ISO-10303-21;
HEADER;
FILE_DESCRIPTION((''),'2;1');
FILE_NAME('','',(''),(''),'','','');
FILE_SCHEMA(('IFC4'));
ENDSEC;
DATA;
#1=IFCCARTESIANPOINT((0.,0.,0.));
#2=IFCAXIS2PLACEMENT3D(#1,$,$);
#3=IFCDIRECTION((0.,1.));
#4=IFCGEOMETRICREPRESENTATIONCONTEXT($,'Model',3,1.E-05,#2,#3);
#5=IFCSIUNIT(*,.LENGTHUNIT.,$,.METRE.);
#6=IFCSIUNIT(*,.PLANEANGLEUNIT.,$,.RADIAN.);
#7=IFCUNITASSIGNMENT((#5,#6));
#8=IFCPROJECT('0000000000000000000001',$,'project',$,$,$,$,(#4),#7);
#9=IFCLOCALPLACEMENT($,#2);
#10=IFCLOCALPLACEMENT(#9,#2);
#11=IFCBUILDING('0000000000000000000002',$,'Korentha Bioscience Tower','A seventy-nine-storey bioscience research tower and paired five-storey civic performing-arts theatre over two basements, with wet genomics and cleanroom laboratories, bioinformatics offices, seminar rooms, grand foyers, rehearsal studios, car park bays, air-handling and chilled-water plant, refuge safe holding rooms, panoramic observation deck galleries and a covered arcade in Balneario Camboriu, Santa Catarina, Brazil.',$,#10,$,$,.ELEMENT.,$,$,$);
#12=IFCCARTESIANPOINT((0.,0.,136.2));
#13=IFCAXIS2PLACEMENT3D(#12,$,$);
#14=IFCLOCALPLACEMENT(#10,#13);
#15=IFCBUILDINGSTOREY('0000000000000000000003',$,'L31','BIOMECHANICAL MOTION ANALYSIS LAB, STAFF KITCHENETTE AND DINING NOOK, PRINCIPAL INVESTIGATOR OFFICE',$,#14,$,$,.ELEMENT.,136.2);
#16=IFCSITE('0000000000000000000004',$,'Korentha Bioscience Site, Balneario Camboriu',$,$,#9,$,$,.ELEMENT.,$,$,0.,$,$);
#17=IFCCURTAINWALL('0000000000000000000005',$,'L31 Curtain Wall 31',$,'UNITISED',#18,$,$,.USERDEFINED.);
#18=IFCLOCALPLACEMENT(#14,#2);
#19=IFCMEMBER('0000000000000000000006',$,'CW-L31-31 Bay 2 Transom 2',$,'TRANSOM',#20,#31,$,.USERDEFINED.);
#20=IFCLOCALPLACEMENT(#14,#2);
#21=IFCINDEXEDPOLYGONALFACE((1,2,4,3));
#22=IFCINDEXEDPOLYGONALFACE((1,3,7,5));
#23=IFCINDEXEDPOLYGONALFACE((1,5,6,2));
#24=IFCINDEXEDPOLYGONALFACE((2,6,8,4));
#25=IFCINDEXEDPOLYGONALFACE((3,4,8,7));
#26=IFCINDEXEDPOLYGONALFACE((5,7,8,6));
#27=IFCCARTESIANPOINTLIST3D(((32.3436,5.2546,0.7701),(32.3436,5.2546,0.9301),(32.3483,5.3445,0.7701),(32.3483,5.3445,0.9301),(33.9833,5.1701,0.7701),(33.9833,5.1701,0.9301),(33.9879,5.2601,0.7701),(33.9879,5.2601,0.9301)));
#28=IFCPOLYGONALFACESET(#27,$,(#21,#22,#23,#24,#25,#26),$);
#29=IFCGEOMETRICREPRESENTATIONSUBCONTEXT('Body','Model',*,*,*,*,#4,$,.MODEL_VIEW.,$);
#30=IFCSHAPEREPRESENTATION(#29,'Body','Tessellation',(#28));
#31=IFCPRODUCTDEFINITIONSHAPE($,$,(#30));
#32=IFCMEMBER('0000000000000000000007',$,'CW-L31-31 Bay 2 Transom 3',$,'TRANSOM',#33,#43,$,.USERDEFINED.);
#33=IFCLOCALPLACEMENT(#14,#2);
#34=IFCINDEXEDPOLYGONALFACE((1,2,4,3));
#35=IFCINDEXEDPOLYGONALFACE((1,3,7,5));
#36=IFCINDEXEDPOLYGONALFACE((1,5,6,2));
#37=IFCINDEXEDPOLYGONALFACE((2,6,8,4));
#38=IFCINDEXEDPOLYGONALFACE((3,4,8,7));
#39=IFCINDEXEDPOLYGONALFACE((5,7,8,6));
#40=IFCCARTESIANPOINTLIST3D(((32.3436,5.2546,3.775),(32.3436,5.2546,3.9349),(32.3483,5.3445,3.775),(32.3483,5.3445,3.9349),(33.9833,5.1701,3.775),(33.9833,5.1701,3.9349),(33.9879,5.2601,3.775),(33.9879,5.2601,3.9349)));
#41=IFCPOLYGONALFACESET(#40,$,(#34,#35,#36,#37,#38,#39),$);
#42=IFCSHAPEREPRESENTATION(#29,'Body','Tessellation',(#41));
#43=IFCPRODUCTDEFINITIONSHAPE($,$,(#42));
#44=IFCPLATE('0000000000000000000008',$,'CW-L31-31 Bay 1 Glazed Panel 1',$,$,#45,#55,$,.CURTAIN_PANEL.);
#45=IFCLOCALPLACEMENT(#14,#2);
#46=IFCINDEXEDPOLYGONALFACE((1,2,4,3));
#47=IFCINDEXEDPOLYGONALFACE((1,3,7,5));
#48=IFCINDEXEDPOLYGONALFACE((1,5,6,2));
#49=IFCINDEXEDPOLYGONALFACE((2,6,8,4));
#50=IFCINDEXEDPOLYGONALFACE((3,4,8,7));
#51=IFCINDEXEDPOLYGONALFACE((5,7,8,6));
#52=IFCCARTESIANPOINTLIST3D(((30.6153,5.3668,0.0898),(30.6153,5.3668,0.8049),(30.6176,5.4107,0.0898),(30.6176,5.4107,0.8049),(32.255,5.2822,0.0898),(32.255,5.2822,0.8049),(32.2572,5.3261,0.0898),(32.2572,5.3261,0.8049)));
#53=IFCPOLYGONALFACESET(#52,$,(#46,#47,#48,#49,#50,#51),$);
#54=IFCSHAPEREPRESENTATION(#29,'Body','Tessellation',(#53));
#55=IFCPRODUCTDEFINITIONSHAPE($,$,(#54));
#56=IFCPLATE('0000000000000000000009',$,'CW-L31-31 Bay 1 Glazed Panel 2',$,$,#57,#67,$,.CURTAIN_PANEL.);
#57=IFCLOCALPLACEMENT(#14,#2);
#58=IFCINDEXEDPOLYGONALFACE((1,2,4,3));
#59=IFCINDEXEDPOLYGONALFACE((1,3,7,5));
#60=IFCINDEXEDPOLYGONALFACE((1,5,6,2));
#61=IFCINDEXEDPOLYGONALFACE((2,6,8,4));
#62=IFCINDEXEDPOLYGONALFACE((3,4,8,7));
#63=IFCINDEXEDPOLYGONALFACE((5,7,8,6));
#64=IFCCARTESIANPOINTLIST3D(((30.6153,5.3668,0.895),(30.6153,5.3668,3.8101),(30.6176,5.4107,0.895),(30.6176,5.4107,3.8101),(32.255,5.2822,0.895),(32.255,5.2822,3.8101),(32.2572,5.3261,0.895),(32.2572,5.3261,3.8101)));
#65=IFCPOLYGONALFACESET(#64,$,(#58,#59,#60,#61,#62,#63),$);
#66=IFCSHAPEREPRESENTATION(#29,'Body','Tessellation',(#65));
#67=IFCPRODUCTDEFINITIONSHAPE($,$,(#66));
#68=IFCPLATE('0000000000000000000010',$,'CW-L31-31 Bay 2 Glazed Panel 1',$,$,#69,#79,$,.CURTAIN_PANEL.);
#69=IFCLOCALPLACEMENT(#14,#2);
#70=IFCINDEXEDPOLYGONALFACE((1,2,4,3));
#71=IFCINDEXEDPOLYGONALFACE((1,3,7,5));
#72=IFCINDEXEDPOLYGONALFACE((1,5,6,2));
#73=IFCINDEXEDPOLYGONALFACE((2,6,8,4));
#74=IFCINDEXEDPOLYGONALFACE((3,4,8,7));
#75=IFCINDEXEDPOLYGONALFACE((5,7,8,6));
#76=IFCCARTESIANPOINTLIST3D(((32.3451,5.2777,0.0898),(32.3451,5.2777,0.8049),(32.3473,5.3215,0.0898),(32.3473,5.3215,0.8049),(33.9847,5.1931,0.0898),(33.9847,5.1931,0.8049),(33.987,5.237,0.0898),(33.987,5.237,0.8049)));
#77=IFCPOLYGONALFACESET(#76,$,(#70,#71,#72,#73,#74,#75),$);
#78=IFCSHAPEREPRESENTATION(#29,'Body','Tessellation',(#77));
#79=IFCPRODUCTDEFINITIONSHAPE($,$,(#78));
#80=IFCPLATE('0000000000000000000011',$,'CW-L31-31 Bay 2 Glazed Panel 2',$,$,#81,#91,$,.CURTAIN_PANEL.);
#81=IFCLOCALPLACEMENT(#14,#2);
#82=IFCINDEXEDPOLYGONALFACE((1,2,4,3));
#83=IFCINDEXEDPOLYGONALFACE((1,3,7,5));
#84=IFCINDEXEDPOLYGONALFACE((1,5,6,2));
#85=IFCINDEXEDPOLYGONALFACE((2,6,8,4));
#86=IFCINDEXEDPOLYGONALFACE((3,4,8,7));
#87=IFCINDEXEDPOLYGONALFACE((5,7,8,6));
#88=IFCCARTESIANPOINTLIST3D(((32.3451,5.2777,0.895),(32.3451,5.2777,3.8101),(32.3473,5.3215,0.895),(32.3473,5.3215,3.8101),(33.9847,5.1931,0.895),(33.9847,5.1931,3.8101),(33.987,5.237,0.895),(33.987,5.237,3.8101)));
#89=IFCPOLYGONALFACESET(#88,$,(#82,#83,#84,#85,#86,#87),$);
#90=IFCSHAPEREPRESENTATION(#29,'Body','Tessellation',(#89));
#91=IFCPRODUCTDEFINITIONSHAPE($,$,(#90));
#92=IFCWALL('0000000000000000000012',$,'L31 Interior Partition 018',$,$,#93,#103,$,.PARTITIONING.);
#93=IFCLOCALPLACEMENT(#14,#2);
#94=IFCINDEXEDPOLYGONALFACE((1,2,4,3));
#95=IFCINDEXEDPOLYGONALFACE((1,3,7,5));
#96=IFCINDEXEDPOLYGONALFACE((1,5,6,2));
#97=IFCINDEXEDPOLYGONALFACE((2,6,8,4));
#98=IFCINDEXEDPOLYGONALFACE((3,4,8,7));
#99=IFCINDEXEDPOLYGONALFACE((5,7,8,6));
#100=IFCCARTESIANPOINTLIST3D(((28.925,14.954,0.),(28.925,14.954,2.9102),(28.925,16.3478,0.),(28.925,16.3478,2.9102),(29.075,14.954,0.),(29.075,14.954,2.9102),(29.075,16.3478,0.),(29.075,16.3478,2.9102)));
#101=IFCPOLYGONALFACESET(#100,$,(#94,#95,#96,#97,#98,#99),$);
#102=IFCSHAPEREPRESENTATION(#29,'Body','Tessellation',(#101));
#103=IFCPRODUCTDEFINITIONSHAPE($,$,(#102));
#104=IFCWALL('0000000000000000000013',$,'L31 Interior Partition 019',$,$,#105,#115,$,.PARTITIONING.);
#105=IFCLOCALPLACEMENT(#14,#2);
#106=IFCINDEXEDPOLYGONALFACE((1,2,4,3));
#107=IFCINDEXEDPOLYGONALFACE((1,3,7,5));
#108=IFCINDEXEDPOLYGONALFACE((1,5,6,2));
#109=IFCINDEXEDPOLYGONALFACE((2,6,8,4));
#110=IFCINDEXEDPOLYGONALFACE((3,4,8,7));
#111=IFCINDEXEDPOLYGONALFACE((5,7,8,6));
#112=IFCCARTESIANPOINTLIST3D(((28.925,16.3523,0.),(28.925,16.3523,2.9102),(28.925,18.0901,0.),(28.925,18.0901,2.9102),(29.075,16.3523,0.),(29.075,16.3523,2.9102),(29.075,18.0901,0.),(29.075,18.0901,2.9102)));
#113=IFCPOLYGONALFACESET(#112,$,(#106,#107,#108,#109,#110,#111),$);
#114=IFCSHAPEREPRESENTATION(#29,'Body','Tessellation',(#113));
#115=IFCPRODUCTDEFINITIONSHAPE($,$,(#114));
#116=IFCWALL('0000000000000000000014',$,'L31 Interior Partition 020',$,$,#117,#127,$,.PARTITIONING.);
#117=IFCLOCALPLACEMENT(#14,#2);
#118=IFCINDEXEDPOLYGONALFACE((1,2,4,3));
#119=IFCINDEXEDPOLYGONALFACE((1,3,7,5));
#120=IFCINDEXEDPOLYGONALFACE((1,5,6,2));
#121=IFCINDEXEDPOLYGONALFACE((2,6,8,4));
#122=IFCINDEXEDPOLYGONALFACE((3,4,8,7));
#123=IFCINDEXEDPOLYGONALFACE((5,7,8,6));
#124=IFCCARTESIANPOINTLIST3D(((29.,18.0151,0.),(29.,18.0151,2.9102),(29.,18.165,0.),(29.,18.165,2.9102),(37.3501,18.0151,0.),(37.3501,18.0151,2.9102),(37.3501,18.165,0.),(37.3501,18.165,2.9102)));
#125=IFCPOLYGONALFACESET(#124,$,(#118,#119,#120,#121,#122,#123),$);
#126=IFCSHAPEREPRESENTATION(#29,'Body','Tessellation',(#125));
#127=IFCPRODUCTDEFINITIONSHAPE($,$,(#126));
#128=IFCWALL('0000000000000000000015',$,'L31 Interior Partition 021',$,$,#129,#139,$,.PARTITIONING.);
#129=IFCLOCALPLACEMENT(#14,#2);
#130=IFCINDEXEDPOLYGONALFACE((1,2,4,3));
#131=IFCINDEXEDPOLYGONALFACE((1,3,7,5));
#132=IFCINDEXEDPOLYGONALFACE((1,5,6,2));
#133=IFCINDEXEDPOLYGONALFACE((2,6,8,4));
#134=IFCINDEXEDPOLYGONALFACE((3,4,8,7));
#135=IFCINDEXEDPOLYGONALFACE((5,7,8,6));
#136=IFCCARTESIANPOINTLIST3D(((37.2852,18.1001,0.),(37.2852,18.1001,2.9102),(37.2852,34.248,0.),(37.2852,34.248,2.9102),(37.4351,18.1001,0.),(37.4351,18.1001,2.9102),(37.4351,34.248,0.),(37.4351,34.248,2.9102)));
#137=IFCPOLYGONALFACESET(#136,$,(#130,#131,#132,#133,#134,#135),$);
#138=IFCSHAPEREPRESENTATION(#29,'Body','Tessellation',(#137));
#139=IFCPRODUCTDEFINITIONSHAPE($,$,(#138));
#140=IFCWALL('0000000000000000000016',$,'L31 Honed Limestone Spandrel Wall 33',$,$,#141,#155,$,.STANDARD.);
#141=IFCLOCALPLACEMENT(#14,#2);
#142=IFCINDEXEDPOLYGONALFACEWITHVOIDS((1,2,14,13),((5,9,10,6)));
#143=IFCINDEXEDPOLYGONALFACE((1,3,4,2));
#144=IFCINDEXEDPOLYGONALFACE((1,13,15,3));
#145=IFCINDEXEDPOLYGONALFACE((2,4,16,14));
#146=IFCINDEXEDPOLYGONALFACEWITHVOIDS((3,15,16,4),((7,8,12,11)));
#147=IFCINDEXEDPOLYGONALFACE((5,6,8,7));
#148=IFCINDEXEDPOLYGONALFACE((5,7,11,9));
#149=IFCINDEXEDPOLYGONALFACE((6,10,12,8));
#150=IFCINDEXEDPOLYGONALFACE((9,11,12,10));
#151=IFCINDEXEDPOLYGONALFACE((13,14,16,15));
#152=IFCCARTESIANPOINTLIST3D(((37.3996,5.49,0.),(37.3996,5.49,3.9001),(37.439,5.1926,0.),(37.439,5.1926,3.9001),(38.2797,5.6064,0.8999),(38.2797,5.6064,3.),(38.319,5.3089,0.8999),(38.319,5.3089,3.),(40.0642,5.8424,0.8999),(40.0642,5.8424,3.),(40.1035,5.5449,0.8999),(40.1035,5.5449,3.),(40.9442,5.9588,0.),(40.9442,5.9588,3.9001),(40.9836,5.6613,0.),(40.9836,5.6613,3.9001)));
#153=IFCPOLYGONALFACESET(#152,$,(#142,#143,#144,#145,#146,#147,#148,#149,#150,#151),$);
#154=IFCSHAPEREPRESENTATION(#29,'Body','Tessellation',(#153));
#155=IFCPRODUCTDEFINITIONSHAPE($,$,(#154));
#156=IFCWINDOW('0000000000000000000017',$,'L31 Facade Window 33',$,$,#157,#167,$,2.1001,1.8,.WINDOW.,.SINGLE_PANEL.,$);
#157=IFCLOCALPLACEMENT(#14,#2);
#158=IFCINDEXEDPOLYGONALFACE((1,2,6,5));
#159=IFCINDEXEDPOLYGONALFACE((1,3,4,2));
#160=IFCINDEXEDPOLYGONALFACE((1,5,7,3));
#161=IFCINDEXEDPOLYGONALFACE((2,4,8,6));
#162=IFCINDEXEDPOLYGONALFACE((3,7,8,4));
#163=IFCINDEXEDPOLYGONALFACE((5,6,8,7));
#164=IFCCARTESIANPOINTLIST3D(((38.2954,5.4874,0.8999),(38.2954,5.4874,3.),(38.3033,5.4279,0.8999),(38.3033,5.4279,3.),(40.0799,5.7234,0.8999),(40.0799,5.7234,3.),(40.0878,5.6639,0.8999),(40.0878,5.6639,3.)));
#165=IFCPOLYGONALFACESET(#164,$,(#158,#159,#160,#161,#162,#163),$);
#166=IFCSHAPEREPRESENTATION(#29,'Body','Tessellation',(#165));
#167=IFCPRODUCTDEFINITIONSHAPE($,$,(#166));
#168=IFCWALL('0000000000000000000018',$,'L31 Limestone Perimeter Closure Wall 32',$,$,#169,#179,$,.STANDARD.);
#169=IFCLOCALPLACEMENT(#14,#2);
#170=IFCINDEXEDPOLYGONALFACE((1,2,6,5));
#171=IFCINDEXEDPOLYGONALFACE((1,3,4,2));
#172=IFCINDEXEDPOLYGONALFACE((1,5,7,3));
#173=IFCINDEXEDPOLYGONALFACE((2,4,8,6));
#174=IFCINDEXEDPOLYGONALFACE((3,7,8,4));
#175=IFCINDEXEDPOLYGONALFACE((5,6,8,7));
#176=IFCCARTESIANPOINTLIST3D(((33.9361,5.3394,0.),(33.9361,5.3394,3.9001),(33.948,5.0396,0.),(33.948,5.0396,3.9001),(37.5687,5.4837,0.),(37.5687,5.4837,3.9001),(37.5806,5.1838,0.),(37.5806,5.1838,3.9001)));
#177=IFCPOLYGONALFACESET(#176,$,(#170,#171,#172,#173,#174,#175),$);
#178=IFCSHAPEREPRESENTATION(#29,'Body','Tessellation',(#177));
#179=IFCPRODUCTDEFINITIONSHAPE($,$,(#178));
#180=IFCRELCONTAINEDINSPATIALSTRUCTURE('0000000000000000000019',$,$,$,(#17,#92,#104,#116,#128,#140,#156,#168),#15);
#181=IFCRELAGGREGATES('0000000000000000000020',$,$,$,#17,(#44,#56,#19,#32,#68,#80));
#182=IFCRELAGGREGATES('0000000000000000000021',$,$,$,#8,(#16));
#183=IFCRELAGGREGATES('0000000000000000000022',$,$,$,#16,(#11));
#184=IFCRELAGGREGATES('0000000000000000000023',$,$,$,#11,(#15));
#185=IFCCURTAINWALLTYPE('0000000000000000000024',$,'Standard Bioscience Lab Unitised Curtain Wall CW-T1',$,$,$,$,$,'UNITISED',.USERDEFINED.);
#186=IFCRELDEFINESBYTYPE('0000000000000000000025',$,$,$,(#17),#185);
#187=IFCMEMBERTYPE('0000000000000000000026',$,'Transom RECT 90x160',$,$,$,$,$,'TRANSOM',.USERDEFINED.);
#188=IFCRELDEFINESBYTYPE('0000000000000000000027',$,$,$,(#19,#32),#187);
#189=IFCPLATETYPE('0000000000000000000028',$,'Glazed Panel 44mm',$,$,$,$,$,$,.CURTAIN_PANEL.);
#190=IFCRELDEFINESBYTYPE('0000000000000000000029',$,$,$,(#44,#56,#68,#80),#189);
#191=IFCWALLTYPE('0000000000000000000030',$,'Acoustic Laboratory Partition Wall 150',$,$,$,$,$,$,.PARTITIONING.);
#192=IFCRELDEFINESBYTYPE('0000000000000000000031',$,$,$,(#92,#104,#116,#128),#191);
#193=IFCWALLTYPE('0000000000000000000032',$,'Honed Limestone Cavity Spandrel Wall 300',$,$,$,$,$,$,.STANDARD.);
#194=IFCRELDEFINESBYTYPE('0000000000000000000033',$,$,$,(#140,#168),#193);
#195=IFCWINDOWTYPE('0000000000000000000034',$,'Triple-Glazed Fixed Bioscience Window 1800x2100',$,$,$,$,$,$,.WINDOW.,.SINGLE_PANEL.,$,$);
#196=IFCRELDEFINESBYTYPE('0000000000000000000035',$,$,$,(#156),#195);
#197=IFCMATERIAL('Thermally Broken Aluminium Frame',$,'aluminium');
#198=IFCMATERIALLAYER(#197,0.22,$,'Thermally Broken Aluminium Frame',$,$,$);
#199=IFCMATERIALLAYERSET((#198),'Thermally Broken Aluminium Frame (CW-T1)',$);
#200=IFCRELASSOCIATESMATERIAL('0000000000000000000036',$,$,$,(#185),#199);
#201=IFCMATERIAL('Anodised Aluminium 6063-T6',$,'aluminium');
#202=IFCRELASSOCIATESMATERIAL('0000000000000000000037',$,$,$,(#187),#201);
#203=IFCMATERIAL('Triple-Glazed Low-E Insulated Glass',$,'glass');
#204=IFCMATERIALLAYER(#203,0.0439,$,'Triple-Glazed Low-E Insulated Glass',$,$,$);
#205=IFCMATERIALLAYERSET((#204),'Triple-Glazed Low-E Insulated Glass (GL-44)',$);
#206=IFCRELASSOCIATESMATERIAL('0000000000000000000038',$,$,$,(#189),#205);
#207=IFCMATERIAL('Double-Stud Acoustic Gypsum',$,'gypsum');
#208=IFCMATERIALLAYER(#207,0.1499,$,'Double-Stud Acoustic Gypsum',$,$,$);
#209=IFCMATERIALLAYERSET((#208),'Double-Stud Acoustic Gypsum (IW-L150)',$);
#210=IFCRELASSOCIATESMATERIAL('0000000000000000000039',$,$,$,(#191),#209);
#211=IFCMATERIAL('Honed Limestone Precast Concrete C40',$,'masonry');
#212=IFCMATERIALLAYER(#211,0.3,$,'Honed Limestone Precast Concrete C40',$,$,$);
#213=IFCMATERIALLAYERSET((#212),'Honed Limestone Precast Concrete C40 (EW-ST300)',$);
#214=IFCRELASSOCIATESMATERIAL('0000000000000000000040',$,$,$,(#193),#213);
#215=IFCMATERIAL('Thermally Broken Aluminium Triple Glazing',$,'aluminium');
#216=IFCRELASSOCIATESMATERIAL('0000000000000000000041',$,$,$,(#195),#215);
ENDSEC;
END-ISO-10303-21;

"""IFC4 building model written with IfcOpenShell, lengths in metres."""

from ifc_helpers import new_model, si_unit, direction, frame, frame_2d, origin, origin_2d, place, context, subcontext, project, spatial, rectangle, extrude, material, layer, layer_set, material_profile, profile_set, type_object, element, fill, aggregate, save


model = new_model("IFC4")

# Units and contexts
model_context = context("Model", 3, precision=1e-05, world=origin(), true_north=direction((0.0, 1.0)))
body_context = subcontext(model_context, "Body", "Model", "MODEL_VIEW")
ifc_project = project(units=[si_unit("LENGTHUNIT", "METRE"), si_unit("PLANEANGLEUNIT", "RADIAN")], contexts=[model_context])

# Site, building, storey
site_placement = place(None, origin())
site = spatial("IfcSite", under=ifc_project, at=site_placement, Name="Korentha Bioscience Site, Balneario Camboriu", CompositionType="ELEMENT", RefElevation=0.0)
building_placement = place(site_placement, origin())
building = spatial("IfcBuilding", under=site, at=building_placement, Name="Korentha Bioscience Tower", Description="A seventy-nine-storey bioscience research tower and paired five-storey civic performing-arts theatre over two basements, with wet genomics and cleanroom laboratories, bioinformatics offices, seminar rooms, grand foyers, rehearsal studios, car park bays, air-handling and chilled-water plant, refuge safe holding rooms, panoramic observation deck galleries and a covered arcade in Balneario Camboriu, Santa Catarina, Brazil.", CompositionType="ELEMENT")
storey_placement = place(building_placement, frame((0.0, 0.0, 136.2)))
storey = spatial("IfcBuildingStorey", under=building, at=storey_placement, Name="L31", Description="BIOMECHANICAL MOTION ANALYSIS LAB, STAFF KITCHENETTE AND DINING NOOK, PRINCIPAL INVESTIGATOR OFFICE", CompositionType="ELEMENT", Elevation=136.2)

# Curtain wall
ifc_material_1 = material(Name="Thermally Broken Aluminium Frame", Category="aluminium")
ifc_layer_1 = layer(ifc_material_1, 0.22, Name="Thermally Broken Aluminium Frame")
ifc_layer_set_1 = layer_set([ifc_layer_1], Name="Thermally Broken Aluminium Frame (CW-T1)")
curtain_wall_type = type_object("IfcCurtainWallType", Name="Standard Bioscience Lab Unitised Curtain Wall CW-T1", ElementType="UNITISED", PredefinedType="USERDEFINED", material=ifc_layer_set_1)
curtain_wall_placement = place(storey_placement, origin())
curtain_wall = element("IfcCurtainWall", 1, at=curtain_wall_placement, inside=storey, type_object=curtain_wall_type, Name="L31 Curtain Wall 31", ObjectType="UNITISED", PredefinedType="USERDEFINED")
ifc_material_2 = material(Name="Anodised Aluminium 6063-T6", Category="aluminium")

# Members
ifc_material_profile_1 = material_profile(ifc_material_2, rectangle(XDim=0.0901, YDim=0.1599, at=origin_2d()), Name="Anodised Aluminium 6063-T6")
ifc_profile_set_1 = profile_set([ifc_material_profile_1], Name="Anodised Aluminium 6063-T6 (CW-TRN)")
member_type_1 = type_object("IfcMemberType", Name="Transom RECT 90x160", ElementType="TRANSOM", PredefinedType="USERDEFINED", material=ifc_profile_set_1)
member_1_placement = place(storey_placement, frame((32.3459, 5.2996, 0.8501), z_axis=(0.998676, -0.051451, 0.0), x_axis=(0.051451, 0.998676, 0.0)))
member_1 = element("IfcMember", 2, at=member_1_placement, type_object=member_type_1, Name="CW-L31-31 Bay 2 Transom 2", ObjectType="TRANSOM", PredefinedType="USERDEFINED", context=body_context, shape_type="SweptSolid", body=[
    extrude(rectangle(XDim=0.0901, YDim=0.1599, at=origin_2d()), origin(), (0.0, 0.0, 1.0), 1.6418),
])
member_2_placement = place(storey_placement, frame((32.3459, 5.2996, 3.855), z_axis=(0.998676, -0.051451, 0.0), x_axis=(0.051451, 0.998676, 0.0)))
member_2 = element("IfcMember", 3, at=member_2_placement, type_object=member_type_1, Name="CW-L31-31 Bay 2 Transom 3", ObjectType="TRANSOM", PredefinedType="USERDEFINED", context=body_context, shape_type="SweptSolid", body=[
    extrude(rectangle(XDim=0.0901, YDim=0.1599, at=origin_2d()), origin(), (0.0, 0.0, 1.0), 1.6418),
])

# Plates
ifc_material_3 = material(Name="Triple-Glazed Low-E Insulated Glass", Category="glass")
ifc_layer_2 = layer(ifc_material_3, 0.0439, Name="Triple-Glazed Low-E Insulated Glass")
ifc_layer_set_2 = layer_set([ifc_layer_2], Name="Triple-Glazed Low-E Insulated Glass (GL-44)")
plate_type = type_object("IfcPlateType", Name="Glazed Panel 44mm", PredefinedType="CURTAIN_PANEL", material=ifc_layer_set_2)
plate_1_placement = place(storey_placement, frame((31.4363, 5.3464, 0.0898), z_axis=(0.0, 0.0, 1.0), x_axis=(0.998673, -0.051495, 0.0)))
plate_1 = element("IfcPlate", 4, at=plate_1_placement, type_object=plate_type, Name="CW-L31-31 Bay 1 Glazed Panel 1", PredefinedType="CURTAIN_PANEL", context=body_context, shape_type="SweptSolid", body=[
    extrude(rectangle(XDim=1.6418, YDim=0.0439, at=origin_2d()), origin(), (0.0, 0.0, 1.0), 0.7151),
])
plate_2_placement = place(storey_placement, frame((31.4363, 5.3464, 0.895), z_axis=(0.0, 0.0, 1.0), x_axis=(0.998673, -0.051495, 0.0)))
plate_2 = element("IfcPlate", 5, at=plate_2_placement, type_object=plate_type, Name="CW-L31-31 Bay 1 Glazed Panel 2", PredefinedType="CURTAIN_PANEL", context=body_context, shape_type="SweptSolid", body=[
    extrude(rectangle(XDim=1.6418, YDim=0.0439, at=origin_2d()), origin(), (0.0, 0.0, 1.0), 2.915),
])
plate_3_placement = place(storey_placement, frame((33.166, 5.2573, 0.0898), z_axis=(0.0, 0.0, 1.0), x_axis=(0.998673, -0.051495, 0.0)))
plate_3 = element("IfcPlate", 6, at=plate_3_placement, type_object=plate_type, Name="CW-L31-31 Bay 2 Glazed Panel 1", PredefinedType="CURTAIN_PANEL", context=body_context, shape_type="SweptSolid", body=[
    extrude(rectangle(XDim=1.6418, YDim=0.0439, at=origin_2d()), origin(), (0.0, 0.0, 1.0), 0.7151),
])
plate_4_placement = place(storey_placement, frame((33.166, 5.2573, 0.895), z_axis=(0.0, 0.0, 1.0), x_axis=(0.998673, -0.051495, 0.0)))
plate_4 = element("IfcPlate", 7, at=plate_4_placement, type_object=plate_type, Name="CW-L31-31 Bay 2 Glazed Panel 2", PredefinedType="CURTAIN_PANEL", context=body_context, shape_type="SweptSolid", body=[
    extrude(rectangle(XDim=1.6418, YDim=0.0439, at=origin_2d()), origin(), (0.0, 0.0, 1.0), 2.915),
])
aggregate(curtain_wall, [plate_1, plate_2, member_1, member_2, plate_3, plate_4])

# Walls
ifc_material_4 = material(Name="Double-Stud Acoustic Gypsum", Category="gypsum")
ifc_layer_3 = layer(ifc_material_4, 0.1499, Name="Double-Stud Acoustic Gypsum")
ifc_layer_set_3 = layer_set([ifc_layer_3], Name="Double-Stud Acoustic Gypsum (IW-L150)")
wall_type_1 = type_object("IfcWallType", Name="Acoustic Laboratory Partition Wall 150", PredefinedType="PARTITIONING", material=ifc_layer_set_3)
wall_1_placement = place(storey_placement, frame((29.0, 14.9541, 0.0), z_axis=(0.0, 0.0, 1.0), x_axis=(0.0, 1.0, 0.0)))
element("IfcWall", 8, at=wall_1_placement, inside=storey, type_object=wall_type_1, Name="L31 Interior Partition 018", PredefinedType="PARTITIONING", context=body_context, shape_type="SweptSolid", body=[
    extrude(rectangle(XDim=1.3938, YDim=0.1499, at=frame_2d((0.6968, 0.0))), origin(), (0.0, 0.0, 1.0), 2.9102),
])
wall_2_placement = place(storey_placement, frame((29.0, 16.3523, 0.0), z_axis=(0.0, 0.0, 1.0), x_axis=(0.0, 1.0, 0.0)))
element("IfcWall", 9, at=wall_2_placement, inside=storey, type_object=wall_type_1, Name="L31 Interior Partition 019", PredefinedType="PARTITIONING", context=body_context, shape_type="SweptSolid", body=[
    extrude(rectangle(XDim=1.7378, YDim=0.1499, at=frame_2d((0.8689, 0.0))), origin(), (0.0, 0.0, 1.0), 2.9102),
])
wall_3_placement = place(storey_placement, frame((29.0, 18.0901, 0.0), z_axis=(0.0, 0.0, 1.0), x_axis=(1.0, 0.0, 0.0)))
element("IfcWall", 10, at=wall_3_placement, inside=storey, type_object=wall_type_1, Name="L31 Interior Partition 020", PredefinedType="PARTITIONING", context=body_context, shape_type="SweptSolid", body=[
    extrude(rectangle(XDim=8.3501, YDim=0.1499, at=frame_2d((4.175, 0.0))), origin(), (0.0, 0.0, 1.0), 2.9102),
])
wall_4_placement = place(storey_placement, frame((37.3601, 18.1001, 0.0), z_axis=(0.0, 0.0, 1.0), x_axis=(0.0, 1.0, 0.0)))
element("IfcWall", 11, at=wall_4_placement, inside=storey, type_object=wall_type_1, Name="L31 Interior Partition 021", PredefinedType="PARTITIONING", context=body_context, shape_type="SweptSolid", body=[
    extrude(rectangle(XDim=16.1479, YDim=0.1499, at=frame_2d((8.074, 0.0))), origin(), (0.0, 0.0, 1.0), 2.9102),
])

# Wall, opening, window
ifc_material_5 = material(Name="Honed Limestone Precast Concrete C40", Category="masonry")
ifc_layer_4 = layer(ifc_material_5, 0.3, Name="Honed Limestone Precast Concrete C40")
ifc_layer_set_4 = layer_set([ifc_layer_4], Name="Honed Limestone Precast Concrete C40 (EW-ST300)")
wall_type_2 = type_object("IfcWallType", Name="Honed Limestone Cavity Spandrel Wall 300", PredefinedType="STANDARD", material=ifc_layer_set_4)
wall_5_placement = place(storey_placement, frame((37.4194, 5.3413, 0.0), z_axis=(0.0, 0.0, 1.0), x_axis=(0.991369, 0.131099, 0.0)))
wall_5 = element("IfcWall", 12, at=wall_5_placement, inside=storey, type_object=wall_type_2, Name="L31 Honed Limestone Spandrel Wall 33", PredefinedType="STANDARD", context=body_context, shape_type="SweptSolid", body=[
    extrude(rectangle(XDim=3.5754, YDim=0.3, at=frame_2d((1.7876, 0.0))), origin(), (0.0, 0.0, 1.0), 3.9001),
])
opening_placement = place(wall_5_placement, frame((0.8877, 0.0, 0.8999)))
opening = element("IfcOpeningElement", 13, at=opening_placement, cuts=wall_5, PredefinedType="OPENING", context=body_context, shape_type="SweptSolid", body=[
    extrude(rectangle(XDim=1.8, YDim=2.1001, at=frame_2d((0.8999, 1.05))), frame((0.0, 0.165, 0.0), z_axis=(0.0, -1.0, 0.0), x_axis=(1.0, 0.0, 0.0)), (0.0, 0.0, 1.0), 0.3298),
])
ifc_material_6 = material(Name="Thermally Broken Aluminium Triple Glazing", Category="aluminium")
window_type = type_object("IfcWindowType", Name="Triple-Glazed Fixed Bioscience Window 1800x2100", PartitioningType="SINGLE_PANEL", PredefinedType="WINDOW", material=ifc_material_6)
window_placement = place(opening_placement, origin())
window = element("IfcWindow", 14, at=window_placement, inside=storey, type_object=window_type, Name="L31 Facade Window 33", OverallHeight=2.1001, OverallWidth=1.8, PartitioningType="SINGLE_PANEL", PredefinedType="WINDOW", context=body_context, shape_type="SweptSolid", body=[
    extrude(rectangle(XDim=1.8, YDim=2.1001, at=frame_2d((0.8999, 1.05))), frame((0.0, 0.03, 0.0), z_axis=(0.0, -1.0, 0.0), x_axis=(1.0, 0.0, 0.0)), (0.0, 0.0, 1.0), 0.0601),
])
fill(opening, window)

# Wall
wall_6_placement = place(storey_placement, frame((33.9419, 5.1895, 0.0), z_axis=(0.0, 0.0, 1.0), x_axis=(0.999212, 0.039689, 0.0)))
element("IfcWall", 15, at=wall_6_placement, inside=storey, type_object=wall_type_2, Name="L31 Limestone Perimeter Closure Wall 32", PredefinedType="STANDARD", context=body_context, shape_type="SweptSolid", body=[
    extrude(rectangle(XDim=3.6355, YDim=0.3, at=frame_2d((1.8179, 0.0))), origin(), (0.0, 0.0, 1.0), 3.9001),
])

save(model, "model.ifc")
